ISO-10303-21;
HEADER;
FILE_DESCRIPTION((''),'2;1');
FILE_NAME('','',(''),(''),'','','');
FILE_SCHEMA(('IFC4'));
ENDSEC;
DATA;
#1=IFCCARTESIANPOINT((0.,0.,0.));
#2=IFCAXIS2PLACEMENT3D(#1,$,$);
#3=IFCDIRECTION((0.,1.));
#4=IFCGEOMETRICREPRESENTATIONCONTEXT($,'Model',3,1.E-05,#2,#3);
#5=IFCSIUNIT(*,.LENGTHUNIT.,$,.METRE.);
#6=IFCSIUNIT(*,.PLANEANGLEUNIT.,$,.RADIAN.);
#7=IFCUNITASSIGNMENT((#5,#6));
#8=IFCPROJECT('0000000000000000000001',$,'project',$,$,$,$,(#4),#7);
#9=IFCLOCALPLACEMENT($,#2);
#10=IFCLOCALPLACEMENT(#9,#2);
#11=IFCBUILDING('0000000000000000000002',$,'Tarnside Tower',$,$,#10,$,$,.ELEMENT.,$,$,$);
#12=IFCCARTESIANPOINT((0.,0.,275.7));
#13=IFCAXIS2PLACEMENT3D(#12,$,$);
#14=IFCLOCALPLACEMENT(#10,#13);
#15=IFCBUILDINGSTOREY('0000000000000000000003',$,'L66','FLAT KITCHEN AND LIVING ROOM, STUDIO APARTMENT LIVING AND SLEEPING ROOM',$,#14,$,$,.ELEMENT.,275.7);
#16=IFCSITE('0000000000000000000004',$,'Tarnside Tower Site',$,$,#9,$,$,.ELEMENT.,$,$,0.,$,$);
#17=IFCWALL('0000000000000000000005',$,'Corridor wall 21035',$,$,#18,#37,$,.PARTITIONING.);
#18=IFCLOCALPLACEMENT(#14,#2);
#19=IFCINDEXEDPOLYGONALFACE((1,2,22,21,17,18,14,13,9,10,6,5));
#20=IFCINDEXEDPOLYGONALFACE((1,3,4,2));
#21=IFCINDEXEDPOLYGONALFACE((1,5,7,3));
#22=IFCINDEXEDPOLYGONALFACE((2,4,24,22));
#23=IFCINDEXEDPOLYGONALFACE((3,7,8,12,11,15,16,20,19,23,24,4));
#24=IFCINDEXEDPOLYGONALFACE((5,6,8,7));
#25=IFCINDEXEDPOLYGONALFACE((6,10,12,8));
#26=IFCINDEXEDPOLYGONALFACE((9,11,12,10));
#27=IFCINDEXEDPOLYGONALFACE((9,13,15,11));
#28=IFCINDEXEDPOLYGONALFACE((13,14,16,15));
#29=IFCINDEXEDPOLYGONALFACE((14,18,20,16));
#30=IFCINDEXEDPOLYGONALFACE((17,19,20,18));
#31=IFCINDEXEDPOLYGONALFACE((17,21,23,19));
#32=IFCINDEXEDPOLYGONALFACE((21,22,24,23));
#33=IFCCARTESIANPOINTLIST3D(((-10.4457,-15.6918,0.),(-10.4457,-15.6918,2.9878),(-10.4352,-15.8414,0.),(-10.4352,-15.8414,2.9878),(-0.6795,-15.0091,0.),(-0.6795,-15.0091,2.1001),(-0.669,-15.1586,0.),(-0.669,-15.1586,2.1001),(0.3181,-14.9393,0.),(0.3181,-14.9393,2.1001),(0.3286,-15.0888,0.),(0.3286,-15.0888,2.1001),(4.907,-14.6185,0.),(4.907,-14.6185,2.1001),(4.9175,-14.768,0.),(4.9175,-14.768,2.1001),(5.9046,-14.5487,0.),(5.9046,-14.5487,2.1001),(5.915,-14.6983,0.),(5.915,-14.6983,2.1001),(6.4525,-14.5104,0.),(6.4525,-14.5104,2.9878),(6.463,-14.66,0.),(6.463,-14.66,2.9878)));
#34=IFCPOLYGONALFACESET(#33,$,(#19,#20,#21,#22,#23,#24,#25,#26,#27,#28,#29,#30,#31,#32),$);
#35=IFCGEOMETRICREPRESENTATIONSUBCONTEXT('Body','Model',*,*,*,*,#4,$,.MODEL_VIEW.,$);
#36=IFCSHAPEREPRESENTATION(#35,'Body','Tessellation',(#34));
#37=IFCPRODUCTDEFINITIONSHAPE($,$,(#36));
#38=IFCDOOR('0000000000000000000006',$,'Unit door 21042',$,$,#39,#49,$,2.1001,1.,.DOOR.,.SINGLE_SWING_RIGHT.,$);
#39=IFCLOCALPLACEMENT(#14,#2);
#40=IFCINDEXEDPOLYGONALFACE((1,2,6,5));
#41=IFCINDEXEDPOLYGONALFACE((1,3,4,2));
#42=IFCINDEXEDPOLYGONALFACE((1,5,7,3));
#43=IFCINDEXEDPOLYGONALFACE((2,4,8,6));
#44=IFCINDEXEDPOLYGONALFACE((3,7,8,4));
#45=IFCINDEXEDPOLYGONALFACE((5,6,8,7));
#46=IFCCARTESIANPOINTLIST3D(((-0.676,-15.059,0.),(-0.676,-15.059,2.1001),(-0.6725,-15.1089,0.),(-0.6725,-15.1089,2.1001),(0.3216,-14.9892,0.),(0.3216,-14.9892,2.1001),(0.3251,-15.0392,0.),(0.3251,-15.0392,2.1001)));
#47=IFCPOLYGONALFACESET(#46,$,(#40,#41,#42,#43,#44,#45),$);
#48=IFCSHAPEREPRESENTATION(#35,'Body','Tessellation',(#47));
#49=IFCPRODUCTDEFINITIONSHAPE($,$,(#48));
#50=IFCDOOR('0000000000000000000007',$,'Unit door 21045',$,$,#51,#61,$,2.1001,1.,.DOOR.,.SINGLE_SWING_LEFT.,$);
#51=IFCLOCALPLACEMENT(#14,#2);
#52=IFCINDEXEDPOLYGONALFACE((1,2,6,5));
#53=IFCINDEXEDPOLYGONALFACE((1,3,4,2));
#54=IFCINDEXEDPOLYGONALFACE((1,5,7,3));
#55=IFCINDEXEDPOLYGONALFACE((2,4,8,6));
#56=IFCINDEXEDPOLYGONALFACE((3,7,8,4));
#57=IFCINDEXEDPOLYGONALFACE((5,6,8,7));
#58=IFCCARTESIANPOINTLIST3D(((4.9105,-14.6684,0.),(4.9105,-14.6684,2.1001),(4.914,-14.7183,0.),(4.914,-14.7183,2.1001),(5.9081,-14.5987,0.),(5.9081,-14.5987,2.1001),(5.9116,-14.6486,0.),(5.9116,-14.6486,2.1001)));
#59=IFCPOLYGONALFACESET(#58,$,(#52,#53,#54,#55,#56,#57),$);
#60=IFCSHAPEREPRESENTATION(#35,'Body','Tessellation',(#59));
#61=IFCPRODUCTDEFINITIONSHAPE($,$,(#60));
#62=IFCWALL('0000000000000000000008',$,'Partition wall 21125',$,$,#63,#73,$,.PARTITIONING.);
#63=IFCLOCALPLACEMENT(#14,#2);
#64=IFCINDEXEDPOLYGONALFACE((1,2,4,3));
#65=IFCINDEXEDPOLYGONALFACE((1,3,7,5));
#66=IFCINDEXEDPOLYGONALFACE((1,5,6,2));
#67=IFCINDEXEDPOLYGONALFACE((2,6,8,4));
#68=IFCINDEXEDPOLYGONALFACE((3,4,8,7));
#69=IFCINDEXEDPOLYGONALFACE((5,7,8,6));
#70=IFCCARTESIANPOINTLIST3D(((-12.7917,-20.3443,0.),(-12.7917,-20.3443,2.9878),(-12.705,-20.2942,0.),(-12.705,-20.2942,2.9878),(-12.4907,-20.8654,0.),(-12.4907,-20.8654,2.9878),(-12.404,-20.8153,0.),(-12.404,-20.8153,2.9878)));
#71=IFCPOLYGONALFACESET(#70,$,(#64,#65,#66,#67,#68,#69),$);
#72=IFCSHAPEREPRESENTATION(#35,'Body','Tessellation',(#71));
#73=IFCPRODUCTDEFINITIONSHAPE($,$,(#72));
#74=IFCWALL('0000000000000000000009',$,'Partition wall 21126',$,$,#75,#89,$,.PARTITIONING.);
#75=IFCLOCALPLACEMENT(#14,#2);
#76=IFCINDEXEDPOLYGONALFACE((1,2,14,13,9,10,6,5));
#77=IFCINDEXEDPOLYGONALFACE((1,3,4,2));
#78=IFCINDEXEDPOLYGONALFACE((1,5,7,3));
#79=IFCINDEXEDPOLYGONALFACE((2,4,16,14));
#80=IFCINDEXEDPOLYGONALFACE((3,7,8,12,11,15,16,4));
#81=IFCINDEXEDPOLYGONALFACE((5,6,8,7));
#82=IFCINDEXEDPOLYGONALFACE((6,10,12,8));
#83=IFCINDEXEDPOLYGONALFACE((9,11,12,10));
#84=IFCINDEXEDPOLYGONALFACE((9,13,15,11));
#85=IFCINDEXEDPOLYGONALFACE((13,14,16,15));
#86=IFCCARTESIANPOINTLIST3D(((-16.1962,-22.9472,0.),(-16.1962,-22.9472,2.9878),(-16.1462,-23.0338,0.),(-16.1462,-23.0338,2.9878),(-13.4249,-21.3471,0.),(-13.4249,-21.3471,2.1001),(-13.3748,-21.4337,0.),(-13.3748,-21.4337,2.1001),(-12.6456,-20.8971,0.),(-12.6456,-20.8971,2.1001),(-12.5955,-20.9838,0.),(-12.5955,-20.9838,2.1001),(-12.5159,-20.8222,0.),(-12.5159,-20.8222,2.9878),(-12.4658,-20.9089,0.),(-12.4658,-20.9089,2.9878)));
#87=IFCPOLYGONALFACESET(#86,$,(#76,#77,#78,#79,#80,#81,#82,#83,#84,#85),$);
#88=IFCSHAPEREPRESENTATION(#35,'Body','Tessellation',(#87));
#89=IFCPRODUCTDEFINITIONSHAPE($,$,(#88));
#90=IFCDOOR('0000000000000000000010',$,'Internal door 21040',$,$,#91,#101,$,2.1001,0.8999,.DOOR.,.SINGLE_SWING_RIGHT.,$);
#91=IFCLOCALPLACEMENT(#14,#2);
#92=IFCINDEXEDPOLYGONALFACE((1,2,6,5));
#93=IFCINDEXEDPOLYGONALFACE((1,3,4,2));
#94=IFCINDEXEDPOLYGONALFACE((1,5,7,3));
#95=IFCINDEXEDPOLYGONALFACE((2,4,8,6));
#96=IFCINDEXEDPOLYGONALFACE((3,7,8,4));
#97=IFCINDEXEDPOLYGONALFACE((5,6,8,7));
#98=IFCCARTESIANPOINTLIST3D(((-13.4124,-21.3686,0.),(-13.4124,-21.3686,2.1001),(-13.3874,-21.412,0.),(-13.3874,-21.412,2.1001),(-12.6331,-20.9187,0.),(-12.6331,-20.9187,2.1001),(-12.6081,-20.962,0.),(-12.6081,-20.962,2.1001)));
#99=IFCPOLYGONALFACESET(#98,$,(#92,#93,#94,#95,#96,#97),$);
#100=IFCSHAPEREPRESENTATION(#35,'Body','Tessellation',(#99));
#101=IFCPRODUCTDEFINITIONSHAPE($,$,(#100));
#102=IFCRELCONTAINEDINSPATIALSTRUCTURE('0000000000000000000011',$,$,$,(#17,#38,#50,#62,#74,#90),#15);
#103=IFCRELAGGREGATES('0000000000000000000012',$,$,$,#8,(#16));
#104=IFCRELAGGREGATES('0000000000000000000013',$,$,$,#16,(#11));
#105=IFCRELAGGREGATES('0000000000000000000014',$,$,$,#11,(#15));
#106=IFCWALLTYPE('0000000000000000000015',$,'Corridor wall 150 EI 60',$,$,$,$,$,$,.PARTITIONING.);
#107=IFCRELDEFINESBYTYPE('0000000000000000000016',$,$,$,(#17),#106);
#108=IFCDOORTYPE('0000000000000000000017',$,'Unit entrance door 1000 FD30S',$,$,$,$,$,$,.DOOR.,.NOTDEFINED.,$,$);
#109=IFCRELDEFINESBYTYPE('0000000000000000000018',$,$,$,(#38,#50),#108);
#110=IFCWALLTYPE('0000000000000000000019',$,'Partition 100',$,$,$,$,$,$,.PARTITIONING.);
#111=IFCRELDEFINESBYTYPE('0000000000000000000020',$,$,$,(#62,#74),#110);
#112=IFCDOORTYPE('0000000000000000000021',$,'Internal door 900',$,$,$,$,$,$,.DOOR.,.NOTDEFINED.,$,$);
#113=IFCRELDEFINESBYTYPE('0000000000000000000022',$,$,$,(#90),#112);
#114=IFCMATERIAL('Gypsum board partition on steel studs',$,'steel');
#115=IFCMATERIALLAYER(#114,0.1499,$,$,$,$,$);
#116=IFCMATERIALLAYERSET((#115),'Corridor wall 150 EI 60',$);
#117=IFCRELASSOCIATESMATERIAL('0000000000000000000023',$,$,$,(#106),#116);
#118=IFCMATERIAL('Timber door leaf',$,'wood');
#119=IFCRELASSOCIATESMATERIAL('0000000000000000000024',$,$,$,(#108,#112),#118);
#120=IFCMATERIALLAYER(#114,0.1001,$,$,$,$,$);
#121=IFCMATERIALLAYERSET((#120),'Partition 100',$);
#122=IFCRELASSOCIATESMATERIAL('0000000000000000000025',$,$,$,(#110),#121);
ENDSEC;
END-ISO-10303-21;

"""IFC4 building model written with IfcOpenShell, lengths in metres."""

from ifc_helpers import new_model, si_unit, direction, frame, frame_2d, origin, place, context, subcontext, project, spatial, rectangle, extrude, material, layer, layer_set, type_object, element, fill, save


model = new_model("IFC4")

# Units and contexts
model_context = context("Model", 3, precision=1e-05, world=origin(), true_north=direction((0.0, 1.0)))
body_context = subcontext(model_context, "Body", "Model", "MODEL_VIEW")
ifc_project = project(units=[si_unit("LENGTHUNIT", "METRE"), si_unit("PLANEANGLEUNIT", "RADIAN")], contexts=[model_context])

# Site, building, storey
site_placement = place(None, origin())
site = spatial("IfcSite", under=ifc_project, at=site_placement, Name="Tarnside Tower Site", CompositionType="ELEMENT", RefElevation=0.0)
building_placement = place(site_placement, origin())
building = spatial("IfcBuilding", under=site, at=building_placement, Name="Tarnside Tower", CompositionType="ELEMENT")
storey_placement = place(building_placement, frame((0.0, 0.0, 275.7)))
storey = spatial("IfcBuildingStorey", under=building, at=storey_placement, Name="L66", Description="FLAT KITCHEN AND LIVING ROOM, STUDIO APARTMENT LIVING AND SLEEPING ROOM", CompositionType="ELEMENT", Elevation=275.7)

# Shared definitions
ifc_material_1 = material(Name="Gypsum board partition on steel studs", Category="steel")

# Shared definitions
ifc_material_2 = material(Name="Timber door leaf", Category="wood")

# Wall, openings, doors
ifc_layer_1 = layer(ifc_material_1, 0.1499)
ifc_layer_set_1 = layer_set([ifc_layer_1], Name="Corridor wall 150 EI 60")
wall_type_1 = type_object("IfcWallType", Name="Corridor wall 150 EI 60", PredefinedType="PARTITIONING", material=ifc_layer_set_1)
wall_1_placement = place(storey_placement, frame((-10.4404, -15.7666, 0.0), z_axis=(0.0, 0.0, 1.0), x_axis=(0.997565, 0.069742, 0.0)))
wall_1 = element("IfcWall", 1, at=wall_1_placement, inside=storey, type_object=wall_type_1, Name="Corridor wall 21035", PredefinedType="PARTITIONING", context=body_context, shape_type="SweptSolid", body=[
    extrude(rectangle(XDim=16.9395, YDim=0.1499, at=frame_2d((8.4697, 0.0))), origin(), (0.0, 0.0, 1.0), 2.9878),
])
opening_1_placement = place(wall_1_placement, frame((9.79, 0.0, 0.0)))
opening_1 = element("IfcOpeningElement", 2, at=opening_1_placement, cuts=wall_1, PredefinedType="OPENING", context=body_context, shape_type="SweptSolid", body=[
    extrude(rectangle(XDim=1.0, YDim=2.1001, at=frame_2d((0.5, 1.05))), frame((0.0, 0.085, 0.0), z_axis=(0.0, -1.0, 0.0), x_axis=(1.0, 0.0, 0.0)), (0.0, 0.0, 1.0), 0.1699),
])
opening_2_placement = place(wall_1_placement, frame((15.3901, 0.0, 0.0)))
opening_2 = element("IfcOpeningElement", 3, at=opening_2_placement, cuts=wall_1, PredefinedType="OPENING", context=body_context, shape_type="SweptSolid", body=[
    extrude(rectangle(XDim=1.0, YDim=2.1001, at=frame_2d((0.5, 1.05))), frame((0.0, 0.085, 0.0), z_axis=(0.0, -1.0, 0.0), x_axis=(1.0, 0.0, 0.0)), (0.0, 0.0, 1.0), 0.1699),
])
door_type_1 = type_object("IfcDoorType", Name="Unit entrance door 1000 FD30S", OperationType="NOTDEFINED", PredefinedType="DOOR", material=ifc_material_2)
door_1_placement = place(opening_1_placement, origin())
door_1 = element("IfcDoor", 4, at=door_1_placement, inside=storey, type_object=door_type_1, Name="Unit door 21042", OperationType="SINGLE_SWING_RIGHT", OverallHeight=2.1001, OverallWidth=1.0, PredefinedType="DOOR", context=body_context, shape_type="SweptSolid", body=[
    extrude(rectangle(XDim=1.0, YDim=2.1001, at=frame_2d((0.5, 1.05))), frame((0.0, 0.0249, 0.0), z_axis=(0.0, -1.0, 0.0), x_axis=(1.0, 0.0, 0.0)), (0.0, 0.0, 1.0), 0.05),
])
fill(opening_1, door_1)
door_2_placement = place(opening_2_placement, origin())
door_2 = element("IfcDoor", 5, at=door_2_placement, inside=storey, type_object=door_type_1, Name="Unit door 21045", OperationType="SINGLE_SWING_LEFT", OverallHeight=2.1001, OverallWidth=1.0, PredefinedType="DOOR", context=body_context, shape_type="SweptSolid", body=[
    extrude(rectangle(XDim=1.0, YDim=2.1001, at=frame_2d((0.5, 1.05))), frame((0.0, 0.0249, 0.0), z_axis=(0.0, -1.0, 0.0), x_axis=(1.0, 0.0, 0.0)), (0.0, 0.0, 1.0), 0.05),
])
fill(opening_2, door_2)

# Wall
ifc_layer_2 = layer(ifc_material_1, 0.1001)
ifc_layer_set_2 = layer_set([ifc_layer_2], Name="Partition 100")
wall_type_2 = type_object("IfcWallType", Name="Partition 100", PredefinedType="PARTITIONING", material=ifc_layer_set_2)
wall_2_placement = place(storey_placement, frame((-12.7483, -20.3193, 0.0), z_axis=(0.0, 0.0, 1.0), x_axis=(0.500109, -0.865963, 0.0)))
element("IfcWall", 6, at=wall_2_placement, inside=storey, type_object=wall_type_2, Name="Partition wall 21125", PredefinedType="PARTITIONING", context=body_context, shape_type="SweptSolid", body=[
    extrude(rectangle(XDim=0.6018, YDim=0.1001, at=frame_2d((0.3008, 0.0))), origin(), (0.0, 0.0, 1.0), 2.9878),
])

# Wall, opening, door
wall_3_placement = place(storey_placement, frame((-12.4907, -20.8655, 0.0), z_axis=(0.0, 0.0, 1.0), x_axis=(-0.866014, -0.500019, 0.0)))
wall_3 = element("IfcWall", 7, at=wall_3_placement, inside=storey, type_object=wall_type_2, Name="Partition wall 21126", PredefinedType="PARTITIONING", context=body_context, shape_type="SweptSolid", body=[
    extrude(rectangle(XDim=4.2498, YDim=0.1001, at=frame_2d((2.125, 0.0))), origin(), (0.0, 0.0, 1.0), 2.9878),
])
opening_3_placement = place(wall_3_placement, frame((0.1499, 0.0, 0.0)))
opening_3 = element("IfcOpeningElement", 8, at=opening_3_placement, cuts=wall_3, PredefinedType="OPENING", context=body_context, shape_type="SweptSolid", body=[
    extrude(rectangle(XDim=0.8999, YDim=2.1001, at=frame_2d((0.45, 1.05))), frame((0.0, 0.0601, 0.0), z_axis=(0.0, -1.0, 0.0), x_axis=(1.0, 0.0, 0.0)), (0.0, 0.0, 1.0), 0.1201),
])
door_type_2 = type_object("IfcDoorType", Name="Internal door 900", OperationType="NOTDEFINED", PredefinedType="DOOR", material=ifc_material_2)
door_3_placement = place(opening_3_placement, origin())
door_3 = element("IfcDoor", 9, at=door_3_placement, inside=storey, type_object=door_type_2, Name="Internal door 21040", OperationType="SINGLE_SWING_RIGHT", OverallHeight=2.1001, OverallWidth=0.8999, PredefinedType="DOOR", context=body_context, shape_type="SweptSolid", body=[
    extrude(rectangle(XDim=0.8999, YDim=2.1001, at=frame_2d((0.45, 1.05))), frame((0.0, 0.0249, 0.0), z_axis=(0.0, -1.0, 0.0), x_axis=(1.0, 0.0, 0.0)), (0.0, 0.0, 1.0), 0.05),
])
fill(opening_3, door_3)

save(model, "model.ifc")
